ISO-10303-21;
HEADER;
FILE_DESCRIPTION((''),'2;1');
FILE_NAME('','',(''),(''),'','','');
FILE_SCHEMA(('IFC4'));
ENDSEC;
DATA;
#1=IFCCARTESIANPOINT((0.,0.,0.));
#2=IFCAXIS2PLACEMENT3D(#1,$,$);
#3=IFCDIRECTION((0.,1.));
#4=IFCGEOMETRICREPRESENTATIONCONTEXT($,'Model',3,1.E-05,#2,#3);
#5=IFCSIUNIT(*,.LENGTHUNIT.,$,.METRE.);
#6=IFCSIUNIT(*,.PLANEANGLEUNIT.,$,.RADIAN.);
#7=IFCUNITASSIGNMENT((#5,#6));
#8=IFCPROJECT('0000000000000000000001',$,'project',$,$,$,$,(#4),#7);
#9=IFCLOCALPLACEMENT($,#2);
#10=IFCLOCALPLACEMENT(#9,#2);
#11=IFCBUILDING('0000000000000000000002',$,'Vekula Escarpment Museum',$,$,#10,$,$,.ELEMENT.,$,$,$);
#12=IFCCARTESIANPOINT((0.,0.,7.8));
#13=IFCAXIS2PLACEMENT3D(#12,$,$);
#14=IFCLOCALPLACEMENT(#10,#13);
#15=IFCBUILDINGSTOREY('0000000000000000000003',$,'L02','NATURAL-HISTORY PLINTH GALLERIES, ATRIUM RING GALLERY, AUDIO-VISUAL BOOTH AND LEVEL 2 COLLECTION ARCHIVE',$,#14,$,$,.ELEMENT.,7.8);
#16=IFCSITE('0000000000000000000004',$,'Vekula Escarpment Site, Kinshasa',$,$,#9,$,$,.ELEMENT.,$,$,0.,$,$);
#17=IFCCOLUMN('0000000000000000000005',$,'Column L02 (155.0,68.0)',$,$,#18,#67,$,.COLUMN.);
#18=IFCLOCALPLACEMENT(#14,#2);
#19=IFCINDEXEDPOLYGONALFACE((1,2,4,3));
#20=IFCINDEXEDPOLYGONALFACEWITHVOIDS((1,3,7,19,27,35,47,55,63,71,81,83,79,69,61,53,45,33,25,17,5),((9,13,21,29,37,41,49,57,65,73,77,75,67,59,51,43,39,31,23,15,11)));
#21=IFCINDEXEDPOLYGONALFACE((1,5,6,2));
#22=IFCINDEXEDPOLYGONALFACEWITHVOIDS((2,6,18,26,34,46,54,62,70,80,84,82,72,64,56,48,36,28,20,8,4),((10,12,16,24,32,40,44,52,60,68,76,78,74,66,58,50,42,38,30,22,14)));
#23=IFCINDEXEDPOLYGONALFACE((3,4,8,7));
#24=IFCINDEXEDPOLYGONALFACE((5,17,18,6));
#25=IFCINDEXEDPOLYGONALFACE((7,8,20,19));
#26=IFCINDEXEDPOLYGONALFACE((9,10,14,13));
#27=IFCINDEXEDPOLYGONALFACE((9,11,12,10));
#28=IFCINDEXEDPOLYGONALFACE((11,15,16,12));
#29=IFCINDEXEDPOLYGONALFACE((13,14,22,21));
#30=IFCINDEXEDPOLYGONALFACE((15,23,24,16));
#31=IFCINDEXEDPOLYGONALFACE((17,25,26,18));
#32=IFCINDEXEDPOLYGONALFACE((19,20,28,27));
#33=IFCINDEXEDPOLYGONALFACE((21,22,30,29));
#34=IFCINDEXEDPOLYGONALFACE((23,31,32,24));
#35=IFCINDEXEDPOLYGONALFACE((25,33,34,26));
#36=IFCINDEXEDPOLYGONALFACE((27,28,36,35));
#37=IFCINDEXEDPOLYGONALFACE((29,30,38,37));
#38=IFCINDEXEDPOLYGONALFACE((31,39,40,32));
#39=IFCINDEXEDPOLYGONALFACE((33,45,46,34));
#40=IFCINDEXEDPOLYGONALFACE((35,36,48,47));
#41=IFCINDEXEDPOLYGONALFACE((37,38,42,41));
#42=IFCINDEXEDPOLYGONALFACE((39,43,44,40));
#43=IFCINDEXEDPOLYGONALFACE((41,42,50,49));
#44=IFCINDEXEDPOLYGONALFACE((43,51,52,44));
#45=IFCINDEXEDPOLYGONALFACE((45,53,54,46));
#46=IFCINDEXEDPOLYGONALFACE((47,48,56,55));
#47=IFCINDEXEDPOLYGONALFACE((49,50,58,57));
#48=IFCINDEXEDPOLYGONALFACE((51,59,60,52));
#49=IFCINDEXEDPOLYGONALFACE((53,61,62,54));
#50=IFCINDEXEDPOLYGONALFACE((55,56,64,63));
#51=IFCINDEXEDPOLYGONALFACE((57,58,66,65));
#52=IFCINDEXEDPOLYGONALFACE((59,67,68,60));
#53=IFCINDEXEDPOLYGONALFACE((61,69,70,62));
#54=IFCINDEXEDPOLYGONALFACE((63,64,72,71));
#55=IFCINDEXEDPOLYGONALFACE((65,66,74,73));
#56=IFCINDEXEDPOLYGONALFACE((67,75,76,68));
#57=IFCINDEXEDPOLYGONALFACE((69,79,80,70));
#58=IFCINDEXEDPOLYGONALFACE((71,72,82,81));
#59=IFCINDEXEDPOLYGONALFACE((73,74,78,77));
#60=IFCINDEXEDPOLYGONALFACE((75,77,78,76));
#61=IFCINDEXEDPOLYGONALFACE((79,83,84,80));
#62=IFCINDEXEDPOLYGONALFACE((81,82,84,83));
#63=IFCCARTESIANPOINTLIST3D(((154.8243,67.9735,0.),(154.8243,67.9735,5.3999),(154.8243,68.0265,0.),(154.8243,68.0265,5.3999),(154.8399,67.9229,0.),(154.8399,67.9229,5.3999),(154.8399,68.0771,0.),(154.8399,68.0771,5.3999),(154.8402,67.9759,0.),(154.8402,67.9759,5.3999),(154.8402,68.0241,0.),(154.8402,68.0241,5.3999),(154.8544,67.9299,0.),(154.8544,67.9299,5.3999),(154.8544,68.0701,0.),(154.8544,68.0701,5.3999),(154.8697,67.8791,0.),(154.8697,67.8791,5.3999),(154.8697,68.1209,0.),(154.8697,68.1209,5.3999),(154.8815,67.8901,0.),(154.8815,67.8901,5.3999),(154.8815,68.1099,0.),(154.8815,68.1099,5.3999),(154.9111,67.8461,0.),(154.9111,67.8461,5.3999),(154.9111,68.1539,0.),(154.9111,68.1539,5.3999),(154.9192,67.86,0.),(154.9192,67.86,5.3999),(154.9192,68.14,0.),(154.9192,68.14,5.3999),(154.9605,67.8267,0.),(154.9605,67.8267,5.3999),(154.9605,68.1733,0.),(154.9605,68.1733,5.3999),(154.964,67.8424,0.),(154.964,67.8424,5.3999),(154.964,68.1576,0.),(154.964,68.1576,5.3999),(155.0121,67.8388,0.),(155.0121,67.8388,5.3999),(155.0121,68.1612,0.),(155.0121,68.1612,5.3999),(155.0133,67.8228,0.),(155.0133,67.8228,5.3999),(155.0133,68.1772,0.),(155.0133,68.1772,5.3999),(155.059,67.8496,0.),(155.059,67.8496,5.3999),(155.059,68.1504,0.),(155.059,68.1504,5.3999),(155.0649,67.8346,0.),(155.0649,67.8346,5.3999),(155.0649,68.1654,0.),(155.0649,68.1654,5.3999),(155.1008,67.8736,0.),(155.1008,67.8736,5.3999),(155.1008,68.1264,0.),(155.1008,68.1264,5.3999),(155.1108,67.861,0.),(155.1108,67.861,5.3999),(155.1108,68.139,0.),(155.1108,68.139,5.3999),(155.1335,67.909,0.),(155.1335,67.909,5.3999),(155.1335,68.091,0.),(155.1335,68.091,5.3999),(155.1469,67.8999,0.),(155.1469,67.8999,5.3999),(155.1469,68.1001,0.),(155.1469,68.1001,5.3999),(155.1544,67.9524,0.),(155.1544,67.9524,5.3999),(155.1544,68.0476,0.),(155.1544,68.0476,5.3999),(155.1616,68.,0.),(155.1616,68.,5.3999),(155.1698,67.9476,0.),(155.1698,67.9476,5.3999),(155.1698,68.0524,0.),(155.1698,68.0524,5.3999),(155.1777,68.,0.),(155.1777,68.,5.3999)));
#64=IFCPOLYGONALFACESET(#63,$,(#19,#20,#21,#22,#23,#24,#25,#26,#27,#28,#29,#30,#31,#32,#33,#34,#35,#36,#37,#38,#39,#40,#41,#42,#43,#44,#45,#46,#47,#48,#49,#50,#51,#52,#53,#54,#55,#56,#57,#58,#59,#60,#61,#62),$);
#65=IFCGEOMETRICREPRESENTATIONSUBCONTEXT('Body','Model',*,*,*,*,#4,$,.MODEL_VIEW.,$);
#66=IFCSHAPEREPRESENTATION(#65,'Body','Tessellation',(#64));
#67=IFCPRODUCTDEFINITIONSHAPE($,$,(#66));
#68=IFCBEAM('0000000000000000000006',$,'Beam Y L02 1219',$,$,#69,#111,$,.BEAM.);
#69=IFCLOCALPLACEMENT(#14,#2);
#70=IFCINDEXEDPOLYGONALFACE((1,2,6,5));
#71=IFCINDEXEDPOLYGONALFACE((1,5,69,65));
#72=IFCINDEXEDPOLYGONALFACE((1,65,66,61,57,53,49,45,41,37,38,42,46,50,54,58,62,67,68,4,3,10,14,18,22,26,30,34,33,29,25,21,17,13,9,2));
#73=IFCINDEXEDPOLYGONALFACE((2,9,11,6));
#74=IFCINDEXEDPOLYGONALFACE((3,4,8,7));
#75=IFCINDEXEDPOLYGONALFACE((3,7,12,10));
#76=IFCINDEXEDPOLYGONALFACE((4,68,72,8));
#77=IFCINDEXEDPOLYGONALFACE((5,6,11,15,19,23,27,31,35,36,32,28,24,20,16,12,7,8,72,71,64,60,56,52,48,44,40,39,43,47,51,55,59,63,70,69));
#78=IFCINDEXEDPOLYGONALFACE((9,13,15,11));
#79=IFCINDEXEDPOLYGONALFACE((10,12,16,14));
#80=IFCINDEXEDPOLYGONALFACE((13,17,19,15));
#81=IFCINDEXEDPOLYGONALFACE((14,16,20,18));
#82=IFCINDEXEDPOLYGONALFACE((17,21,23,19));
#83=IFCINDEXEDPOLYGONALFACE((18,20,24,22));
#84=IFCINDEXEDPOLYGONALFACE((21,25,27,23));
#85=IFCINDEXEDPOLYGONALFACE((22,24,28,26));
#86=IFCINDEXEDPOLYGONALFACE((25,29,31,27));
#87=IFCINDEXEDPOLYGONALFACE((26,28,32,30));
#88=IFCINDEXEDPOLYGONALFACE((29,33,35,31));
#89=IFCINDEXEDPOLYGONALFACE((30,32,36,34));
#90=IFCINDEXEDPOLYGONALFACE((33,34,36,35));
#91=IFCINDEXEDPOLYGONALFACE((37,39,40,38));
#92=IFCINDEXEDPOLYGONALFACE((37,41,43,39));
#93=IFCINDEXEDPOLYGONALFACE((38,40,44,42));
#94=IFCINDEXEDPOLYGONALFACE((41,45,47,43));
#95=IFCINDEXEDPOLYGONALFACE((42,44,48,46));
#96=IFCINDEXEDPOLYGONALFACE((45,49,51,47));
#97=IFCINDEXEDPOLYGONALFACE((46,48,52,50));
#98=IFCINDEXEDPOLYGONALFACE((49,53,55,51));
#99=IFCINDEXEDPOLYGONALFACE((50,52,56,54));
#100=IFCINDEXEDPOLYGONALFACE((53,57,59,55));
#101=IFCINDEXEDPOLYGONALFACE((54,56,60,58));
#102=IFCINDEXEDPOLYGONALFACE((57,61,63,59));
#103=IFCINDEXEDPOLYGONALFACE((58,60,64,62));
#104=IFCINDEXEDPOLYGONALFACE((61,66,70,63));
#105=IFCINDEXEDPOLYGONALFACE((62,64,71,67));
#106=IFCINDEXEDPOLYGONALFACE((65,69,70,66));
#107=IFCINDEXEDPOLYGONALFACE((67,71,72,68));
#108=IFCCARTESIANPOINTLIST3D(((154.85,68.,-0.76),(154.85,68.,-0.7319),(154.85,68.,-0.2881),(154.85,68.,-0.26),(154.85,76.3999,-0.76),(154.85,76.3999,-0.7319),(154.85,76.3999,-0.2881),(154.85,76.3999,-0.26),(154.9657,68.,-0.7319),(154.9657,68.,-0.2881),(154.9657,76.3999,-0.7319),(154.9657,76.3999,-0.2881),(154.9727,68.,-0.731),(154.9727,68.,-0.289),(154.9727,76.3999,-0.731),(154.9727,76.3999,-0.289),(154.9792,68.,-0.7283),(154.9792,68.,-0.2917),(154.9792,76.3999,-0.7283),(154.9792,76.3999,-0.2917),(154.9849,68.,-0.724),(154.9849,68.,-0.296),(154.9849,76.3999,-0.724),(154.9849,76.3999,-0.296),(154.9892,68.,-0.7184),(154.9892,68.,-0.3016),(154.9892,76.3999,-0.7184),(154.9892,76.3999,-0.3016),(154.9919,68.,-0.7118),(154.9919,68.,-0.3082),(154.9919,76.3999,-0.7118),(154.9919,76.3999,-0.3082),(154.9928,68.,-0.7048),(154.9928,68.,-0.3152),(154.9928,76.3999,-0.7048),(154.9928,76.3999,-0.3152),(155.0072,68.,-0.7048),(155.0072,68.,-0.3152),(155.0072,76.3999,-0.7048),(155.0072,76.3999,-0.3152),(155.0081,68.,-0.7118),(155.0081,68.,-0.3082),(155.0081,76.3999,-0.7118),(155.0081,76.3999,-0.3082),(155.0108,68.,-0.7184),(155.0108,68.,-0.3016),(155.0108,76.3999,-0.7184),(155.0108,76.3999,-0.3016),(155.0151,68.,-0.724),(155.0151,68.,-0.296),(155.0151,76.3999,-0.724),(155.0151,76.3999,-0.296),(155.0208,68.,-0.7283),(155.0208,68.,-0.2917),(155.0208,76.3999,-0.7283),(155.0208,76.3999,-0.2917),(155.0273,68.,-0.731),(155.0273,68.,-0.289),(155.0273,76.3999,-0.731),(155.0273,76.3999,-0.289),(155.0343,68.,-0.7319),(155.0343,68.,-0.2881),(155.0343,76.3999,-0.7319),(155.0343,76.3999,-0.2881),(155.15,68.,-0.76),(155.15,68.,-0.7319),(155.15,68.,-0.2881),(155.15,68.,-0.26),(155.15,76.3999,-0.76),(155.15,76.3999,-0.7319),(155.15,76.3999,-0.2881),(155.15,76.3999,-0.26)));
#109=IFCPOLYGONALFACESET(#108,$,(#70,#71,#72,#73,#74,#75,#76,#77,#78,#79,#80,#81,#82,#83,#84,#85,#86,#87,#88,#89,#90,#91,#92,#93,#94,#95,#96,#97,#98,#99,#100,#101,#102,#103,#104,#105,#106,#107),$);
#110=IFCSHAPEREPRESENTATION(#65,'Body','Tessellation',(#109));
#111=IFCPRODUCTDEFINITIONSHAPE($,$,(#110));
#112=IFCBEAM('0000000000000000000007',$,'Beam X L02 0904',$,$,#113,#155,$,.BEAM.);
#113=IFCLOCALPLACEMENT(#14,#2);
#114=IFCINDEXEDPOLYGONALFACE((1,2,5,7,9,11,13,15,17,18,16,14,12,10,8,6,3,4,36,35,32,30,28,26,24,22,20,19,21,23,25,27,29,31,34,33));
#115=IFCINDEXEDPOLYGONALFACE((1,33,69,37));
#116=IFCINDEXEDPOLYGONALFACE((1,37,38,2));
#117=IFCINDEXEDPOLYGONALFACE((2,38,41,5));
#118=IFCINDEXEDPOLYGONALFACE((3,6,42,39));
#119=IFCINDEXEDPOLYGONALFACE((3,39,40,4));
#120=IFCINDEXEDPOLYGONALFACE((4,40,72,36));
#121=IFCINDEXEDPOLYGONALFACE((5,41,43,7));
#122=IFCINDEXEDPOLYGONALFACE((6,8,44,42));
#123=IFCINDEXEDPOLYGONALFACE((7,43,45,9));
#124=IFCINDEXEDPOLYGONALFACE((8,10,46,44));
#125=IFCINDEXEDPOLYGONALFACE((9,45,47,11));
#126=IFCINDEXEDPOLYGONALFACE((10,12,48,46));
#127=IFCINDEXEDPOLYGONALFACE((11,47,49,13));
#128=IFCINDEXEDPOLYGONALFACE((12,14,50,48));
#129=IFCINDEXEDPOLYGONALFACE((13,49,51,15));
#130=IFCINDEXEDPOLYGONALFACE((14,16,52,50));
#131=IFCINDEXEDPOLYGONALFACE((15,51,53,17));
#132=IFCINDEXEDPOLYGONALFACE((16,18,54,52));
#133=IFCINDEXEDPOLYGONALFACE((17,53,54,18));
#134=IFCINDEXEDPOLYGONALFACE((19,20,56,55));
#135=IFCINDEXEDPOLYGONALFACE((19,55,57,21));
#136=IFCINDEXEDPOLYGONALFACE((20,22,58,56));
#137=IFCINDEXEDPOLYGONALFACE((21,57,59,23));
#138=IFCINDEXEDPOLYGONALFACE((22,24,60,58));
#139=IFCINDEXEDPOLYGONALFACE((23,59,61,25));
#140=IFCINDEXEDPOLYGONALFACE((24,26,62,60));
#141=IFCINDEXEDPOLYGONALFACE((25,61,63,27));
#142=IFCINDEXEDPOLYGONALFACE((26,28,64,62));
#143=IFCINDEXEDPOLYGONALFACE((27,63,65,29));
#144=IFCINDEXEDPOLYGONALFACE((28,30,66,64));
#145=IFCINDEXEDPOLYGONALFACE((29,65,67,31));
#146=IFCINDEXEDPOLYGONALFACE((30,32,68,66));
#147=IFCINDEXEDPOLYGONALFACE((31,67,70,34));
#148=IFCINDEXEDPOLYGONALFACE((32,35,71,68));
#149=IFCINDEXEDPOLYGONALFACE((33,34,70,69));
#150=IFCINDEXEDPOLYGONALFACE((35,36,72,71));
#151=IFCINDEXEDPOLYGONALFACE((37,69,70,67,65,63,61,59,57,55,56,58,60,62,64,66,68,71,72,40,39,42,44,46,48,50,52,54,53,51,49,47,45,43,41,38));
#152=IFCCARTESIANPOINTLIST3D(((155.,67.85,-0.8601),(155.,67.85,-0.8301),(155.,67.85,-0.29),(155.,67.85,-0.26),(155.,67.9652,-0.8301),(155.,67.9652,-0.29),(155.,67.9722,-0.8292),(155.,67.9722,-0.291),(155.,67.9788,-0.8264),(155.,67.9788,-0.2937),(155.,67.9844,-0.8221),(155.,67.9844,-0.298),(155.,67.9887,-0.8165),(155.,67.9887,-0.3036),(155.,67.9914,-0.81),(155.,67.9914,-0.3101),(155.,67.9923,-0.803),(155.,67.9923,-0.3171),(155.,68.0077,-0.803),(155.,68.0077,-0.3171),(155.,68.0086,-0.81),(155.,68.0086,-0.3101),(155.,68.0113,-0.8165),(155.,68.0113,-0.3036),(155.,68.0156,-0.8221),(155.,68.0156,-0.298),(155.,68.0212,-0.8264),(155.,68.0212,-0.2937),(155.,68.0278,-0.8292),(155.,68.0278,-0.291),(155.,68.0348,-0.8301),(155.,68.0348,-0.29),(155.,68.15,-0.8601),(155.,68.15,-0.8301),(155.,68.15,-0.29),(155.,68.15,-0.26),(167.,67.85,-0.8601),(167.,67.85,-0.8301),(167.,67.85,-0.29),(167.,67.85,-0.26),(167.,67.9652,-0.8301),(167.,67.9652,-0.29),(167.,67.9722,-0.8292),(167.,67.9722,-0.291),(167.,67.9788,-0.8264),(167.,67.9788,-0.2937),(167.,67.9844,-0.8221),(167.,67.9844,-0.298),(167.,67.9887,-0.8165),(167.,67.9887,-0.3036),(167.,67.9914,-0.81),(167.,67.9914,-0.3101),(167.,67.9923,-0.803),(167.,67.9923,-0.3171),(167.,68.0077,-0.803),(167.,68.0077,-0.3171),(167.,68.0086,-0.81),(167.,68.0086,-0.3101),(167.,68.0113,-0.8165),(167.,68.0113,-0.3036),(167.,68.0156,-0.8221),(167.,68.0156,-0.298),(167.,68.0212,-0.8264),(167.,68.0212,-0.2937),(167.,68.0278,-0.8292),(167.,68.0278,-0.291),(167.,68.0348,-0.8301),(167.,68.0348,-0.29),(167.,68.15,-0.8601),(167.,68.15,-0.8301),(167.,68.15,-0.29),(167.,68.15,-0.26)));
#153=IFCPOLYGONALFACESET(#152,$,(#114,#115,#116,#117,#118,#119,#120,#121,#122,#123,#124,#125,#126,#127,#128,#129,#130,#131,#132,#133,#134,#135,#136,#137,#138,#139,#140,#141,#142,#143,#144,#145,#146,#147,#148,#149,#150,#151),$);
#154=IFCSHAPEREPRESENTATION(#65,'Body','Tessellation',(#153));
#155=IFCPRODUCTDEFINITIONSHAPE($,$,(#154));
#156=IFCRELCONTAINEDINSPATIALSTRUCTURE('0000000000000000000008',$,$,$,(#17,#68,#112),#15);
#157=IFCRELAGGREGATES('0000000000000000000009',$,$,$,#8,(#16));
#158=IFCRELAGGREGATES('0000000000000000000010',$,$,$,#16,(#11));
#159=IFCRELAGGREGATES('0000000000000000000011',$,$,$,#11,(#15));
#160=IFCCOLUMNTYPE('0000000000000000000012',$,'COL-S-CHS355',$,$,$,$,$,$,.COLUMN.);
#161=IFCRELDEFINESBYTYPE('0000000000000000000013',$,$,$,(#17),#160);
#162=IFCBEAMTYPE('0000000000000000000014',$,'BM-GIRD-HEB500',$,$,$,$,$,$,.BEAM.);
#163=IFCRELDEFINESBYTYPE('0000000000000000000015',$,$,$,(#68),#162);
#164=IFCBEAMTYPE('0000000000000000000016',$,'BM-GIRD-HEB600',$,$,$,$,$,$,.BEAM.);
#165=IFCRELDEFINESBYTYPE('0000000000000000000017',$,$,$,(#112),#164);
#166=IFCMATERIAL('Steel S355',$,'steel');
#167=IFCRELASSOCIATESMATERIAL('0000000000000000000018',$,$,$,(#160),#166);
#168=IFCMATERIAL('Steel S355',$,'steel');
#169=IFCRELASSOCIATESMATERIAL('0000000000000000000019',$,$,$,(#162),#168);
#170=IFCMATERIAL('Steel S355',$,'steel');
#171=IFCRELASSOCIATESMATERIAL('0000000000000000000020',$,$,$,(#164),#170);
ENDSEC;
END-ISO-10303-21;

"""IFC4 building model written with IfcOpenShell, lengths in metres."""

from ifc_helpers import new_model, si_unit, direction, frame, origin, origin_2d, place, context, subcontext, project, spatial, hollow_circle, i_section, extrude, material, material_profile, profile_set, type_object, element, save


model = new_model("IFC4")

# Units and contexts
model_context = context("Model", 3, precision=1e-05, world=origin(), true_north=direction((0.0, 1.0)))
body_context = subcontext(model_context, "Body", "Model", "MODEL_VIEW")
ifc_project = project(units=[si_unit("LENGTHUNIT", "METRE"), si_unit("PLANEANGLEUNIT", "RADIAN")], contexts=[model_context])

# Site, building, storey
site_placement = place(None, origin())
site = spatial("IfcSite", under=ifc_project, at=site_placement, Name="Vekula Escarpment Site, Kinshasa", CompositionType="ELEMENT", RefElevation=0.0)
building_placement = place(site_placement, origin())
building = spatial("IfcBuilding", under=site, at=building_placement, Name="Vekula Escarpment Museum", CompositionType="ELEMENT")
storey_placement = place(building_placement, frame((0.0, 0.0, 7.8)))
storey = spatial("IfcBuildingStorey", under=building, at=storey_placement, Name="L02", Description="NATURAL-HISTORY PLINTH GALLERIES, ATRIUM RING GALLERY, AUDIO-VISUAL BOOTH AND LEVEL 2 COLLECTION ARCHIVE", CompositionType="ELEMENT", Elevation=7.8)

# Column
ifc_material_1 = material(Name="Steel S355", Category="steel")
ifc_material_profile_1 = material_profile(ifc_material_1, hollow_circle(Radius=0.1777, WallThickness=0.0161, at=origin_2d()), Name="CHS 355.6x16")
ifc_profile_set_1 = profile_set([ifc_material_profile_1], Name="Steel S355")
column_type = type_object("IfcColumnType", Name="COL-S-CHS355", PredefinedType="COLUMN", material=ifc_profile_set_1)
column_placement = place(storey_placement, frame((155.0, 68.0, 0.0), z_axis=(0.0, 0.0, 1.0), x_axis=(1.0, 0.0, 0.0)))
element("IfcColumn", 1, at=column_placement, inside=storey, type_object=column_type, Name="Column L02 (155.0,68.0)", PredefinedType="COLUMN", context=body_context, shape_type="SweptSolid", body=[
    extrude(hollow_circle(Radius=0.1777, WallThickness=0.0161, at=origin_2d()), origin(), (0.0, 0.0, 1.0), 5.3999),
])

# Beams
ifc_material_2 = material(Name="Steel S355", Category="steel")
ifc_material_profile_2 = material_profile(ifc_material_2, i_section(OverallWidth=0.3, OverallDepth=0.5, WebThickness=0.0144, FlangeThickness=0.0281, FilletRadius=0.0271, at=origin_2d()), Name="HEB 500")
ifc_profile_set_2 = profile_set([ifc_material_profile_2], Name="Steel S355")
beam_type_1 = type_object("IfcBeamType", Name="BM-GIRD-HEB500", PredefinedType="BEAM", material=ifc_profile_set_2)
beam_1_placement = place(storey_placement, frame((155.0, 68.0, -0.51), z_axis=(0.0, 1.0, 0.0), x_axis=(-1.0, 0.0, 0.0)))
element("IfcBeam", 2, at=beam_1_placement, inside=storey, type_object=beam_type_1, Name="Beam Y L02 1219", PredefinedType="BEAM", context=body_context, shape_type="SweptSolid", body=[
    extrude(i_section(OverallWidth=0.3, OverallDepth=0.5, WebThickness=0.0144, FlangeThickness=0.0281, FilletRadius=0.0271, at=origin_2d()), origin(), (0.0, 0.0, 1.0), 8.3999),
])
ifc_material_3 = material(Name="Steel S355", Category="steel")
ifc_material_profile_3 = material_profile(ifc_material_3, i_section(OverallWidth=0.3, OverallDepth=0.6001, WebThickness=0.0154, FlangeThickness=0.03, FilletRadius=0.0271, at=origin_2d()), Name="HEB 600")
ifc_profile_set_3 = profile_set([ifc_material_profile_3], Name="Steel S355")
beam_type_2 = type_object("IfcBeamType", Name="BM-GIRD-HEB600", PredefinedType="BEAM", material=ifc_profile_set_3)
beam_2_placement = place(storey_placement, frame((155.0, 68.0, -0.5601), z_axis=(1.0, 0.0, 0.0), x_axis=(0.0, 1.0, 0.0)))
element("IfcBeam", 3, at=beam_2_placement, inside=storey, type_object=beam_type_2, Name="Beam X L02 0904", PredefinedType="BEAM", context=body_context, shape_type="SweptSolid", body=[
    extrude(i_section(OverallWidth=0.3, OverallDepth=0.6001, WebThickness=0.0154, FlangeThickness=0.03, FilletRadius=0.0271, at=origin_2d()), origin(), (0.0, 0.0, 1.0), 12.0),
])

save(model, "model.ifc")
